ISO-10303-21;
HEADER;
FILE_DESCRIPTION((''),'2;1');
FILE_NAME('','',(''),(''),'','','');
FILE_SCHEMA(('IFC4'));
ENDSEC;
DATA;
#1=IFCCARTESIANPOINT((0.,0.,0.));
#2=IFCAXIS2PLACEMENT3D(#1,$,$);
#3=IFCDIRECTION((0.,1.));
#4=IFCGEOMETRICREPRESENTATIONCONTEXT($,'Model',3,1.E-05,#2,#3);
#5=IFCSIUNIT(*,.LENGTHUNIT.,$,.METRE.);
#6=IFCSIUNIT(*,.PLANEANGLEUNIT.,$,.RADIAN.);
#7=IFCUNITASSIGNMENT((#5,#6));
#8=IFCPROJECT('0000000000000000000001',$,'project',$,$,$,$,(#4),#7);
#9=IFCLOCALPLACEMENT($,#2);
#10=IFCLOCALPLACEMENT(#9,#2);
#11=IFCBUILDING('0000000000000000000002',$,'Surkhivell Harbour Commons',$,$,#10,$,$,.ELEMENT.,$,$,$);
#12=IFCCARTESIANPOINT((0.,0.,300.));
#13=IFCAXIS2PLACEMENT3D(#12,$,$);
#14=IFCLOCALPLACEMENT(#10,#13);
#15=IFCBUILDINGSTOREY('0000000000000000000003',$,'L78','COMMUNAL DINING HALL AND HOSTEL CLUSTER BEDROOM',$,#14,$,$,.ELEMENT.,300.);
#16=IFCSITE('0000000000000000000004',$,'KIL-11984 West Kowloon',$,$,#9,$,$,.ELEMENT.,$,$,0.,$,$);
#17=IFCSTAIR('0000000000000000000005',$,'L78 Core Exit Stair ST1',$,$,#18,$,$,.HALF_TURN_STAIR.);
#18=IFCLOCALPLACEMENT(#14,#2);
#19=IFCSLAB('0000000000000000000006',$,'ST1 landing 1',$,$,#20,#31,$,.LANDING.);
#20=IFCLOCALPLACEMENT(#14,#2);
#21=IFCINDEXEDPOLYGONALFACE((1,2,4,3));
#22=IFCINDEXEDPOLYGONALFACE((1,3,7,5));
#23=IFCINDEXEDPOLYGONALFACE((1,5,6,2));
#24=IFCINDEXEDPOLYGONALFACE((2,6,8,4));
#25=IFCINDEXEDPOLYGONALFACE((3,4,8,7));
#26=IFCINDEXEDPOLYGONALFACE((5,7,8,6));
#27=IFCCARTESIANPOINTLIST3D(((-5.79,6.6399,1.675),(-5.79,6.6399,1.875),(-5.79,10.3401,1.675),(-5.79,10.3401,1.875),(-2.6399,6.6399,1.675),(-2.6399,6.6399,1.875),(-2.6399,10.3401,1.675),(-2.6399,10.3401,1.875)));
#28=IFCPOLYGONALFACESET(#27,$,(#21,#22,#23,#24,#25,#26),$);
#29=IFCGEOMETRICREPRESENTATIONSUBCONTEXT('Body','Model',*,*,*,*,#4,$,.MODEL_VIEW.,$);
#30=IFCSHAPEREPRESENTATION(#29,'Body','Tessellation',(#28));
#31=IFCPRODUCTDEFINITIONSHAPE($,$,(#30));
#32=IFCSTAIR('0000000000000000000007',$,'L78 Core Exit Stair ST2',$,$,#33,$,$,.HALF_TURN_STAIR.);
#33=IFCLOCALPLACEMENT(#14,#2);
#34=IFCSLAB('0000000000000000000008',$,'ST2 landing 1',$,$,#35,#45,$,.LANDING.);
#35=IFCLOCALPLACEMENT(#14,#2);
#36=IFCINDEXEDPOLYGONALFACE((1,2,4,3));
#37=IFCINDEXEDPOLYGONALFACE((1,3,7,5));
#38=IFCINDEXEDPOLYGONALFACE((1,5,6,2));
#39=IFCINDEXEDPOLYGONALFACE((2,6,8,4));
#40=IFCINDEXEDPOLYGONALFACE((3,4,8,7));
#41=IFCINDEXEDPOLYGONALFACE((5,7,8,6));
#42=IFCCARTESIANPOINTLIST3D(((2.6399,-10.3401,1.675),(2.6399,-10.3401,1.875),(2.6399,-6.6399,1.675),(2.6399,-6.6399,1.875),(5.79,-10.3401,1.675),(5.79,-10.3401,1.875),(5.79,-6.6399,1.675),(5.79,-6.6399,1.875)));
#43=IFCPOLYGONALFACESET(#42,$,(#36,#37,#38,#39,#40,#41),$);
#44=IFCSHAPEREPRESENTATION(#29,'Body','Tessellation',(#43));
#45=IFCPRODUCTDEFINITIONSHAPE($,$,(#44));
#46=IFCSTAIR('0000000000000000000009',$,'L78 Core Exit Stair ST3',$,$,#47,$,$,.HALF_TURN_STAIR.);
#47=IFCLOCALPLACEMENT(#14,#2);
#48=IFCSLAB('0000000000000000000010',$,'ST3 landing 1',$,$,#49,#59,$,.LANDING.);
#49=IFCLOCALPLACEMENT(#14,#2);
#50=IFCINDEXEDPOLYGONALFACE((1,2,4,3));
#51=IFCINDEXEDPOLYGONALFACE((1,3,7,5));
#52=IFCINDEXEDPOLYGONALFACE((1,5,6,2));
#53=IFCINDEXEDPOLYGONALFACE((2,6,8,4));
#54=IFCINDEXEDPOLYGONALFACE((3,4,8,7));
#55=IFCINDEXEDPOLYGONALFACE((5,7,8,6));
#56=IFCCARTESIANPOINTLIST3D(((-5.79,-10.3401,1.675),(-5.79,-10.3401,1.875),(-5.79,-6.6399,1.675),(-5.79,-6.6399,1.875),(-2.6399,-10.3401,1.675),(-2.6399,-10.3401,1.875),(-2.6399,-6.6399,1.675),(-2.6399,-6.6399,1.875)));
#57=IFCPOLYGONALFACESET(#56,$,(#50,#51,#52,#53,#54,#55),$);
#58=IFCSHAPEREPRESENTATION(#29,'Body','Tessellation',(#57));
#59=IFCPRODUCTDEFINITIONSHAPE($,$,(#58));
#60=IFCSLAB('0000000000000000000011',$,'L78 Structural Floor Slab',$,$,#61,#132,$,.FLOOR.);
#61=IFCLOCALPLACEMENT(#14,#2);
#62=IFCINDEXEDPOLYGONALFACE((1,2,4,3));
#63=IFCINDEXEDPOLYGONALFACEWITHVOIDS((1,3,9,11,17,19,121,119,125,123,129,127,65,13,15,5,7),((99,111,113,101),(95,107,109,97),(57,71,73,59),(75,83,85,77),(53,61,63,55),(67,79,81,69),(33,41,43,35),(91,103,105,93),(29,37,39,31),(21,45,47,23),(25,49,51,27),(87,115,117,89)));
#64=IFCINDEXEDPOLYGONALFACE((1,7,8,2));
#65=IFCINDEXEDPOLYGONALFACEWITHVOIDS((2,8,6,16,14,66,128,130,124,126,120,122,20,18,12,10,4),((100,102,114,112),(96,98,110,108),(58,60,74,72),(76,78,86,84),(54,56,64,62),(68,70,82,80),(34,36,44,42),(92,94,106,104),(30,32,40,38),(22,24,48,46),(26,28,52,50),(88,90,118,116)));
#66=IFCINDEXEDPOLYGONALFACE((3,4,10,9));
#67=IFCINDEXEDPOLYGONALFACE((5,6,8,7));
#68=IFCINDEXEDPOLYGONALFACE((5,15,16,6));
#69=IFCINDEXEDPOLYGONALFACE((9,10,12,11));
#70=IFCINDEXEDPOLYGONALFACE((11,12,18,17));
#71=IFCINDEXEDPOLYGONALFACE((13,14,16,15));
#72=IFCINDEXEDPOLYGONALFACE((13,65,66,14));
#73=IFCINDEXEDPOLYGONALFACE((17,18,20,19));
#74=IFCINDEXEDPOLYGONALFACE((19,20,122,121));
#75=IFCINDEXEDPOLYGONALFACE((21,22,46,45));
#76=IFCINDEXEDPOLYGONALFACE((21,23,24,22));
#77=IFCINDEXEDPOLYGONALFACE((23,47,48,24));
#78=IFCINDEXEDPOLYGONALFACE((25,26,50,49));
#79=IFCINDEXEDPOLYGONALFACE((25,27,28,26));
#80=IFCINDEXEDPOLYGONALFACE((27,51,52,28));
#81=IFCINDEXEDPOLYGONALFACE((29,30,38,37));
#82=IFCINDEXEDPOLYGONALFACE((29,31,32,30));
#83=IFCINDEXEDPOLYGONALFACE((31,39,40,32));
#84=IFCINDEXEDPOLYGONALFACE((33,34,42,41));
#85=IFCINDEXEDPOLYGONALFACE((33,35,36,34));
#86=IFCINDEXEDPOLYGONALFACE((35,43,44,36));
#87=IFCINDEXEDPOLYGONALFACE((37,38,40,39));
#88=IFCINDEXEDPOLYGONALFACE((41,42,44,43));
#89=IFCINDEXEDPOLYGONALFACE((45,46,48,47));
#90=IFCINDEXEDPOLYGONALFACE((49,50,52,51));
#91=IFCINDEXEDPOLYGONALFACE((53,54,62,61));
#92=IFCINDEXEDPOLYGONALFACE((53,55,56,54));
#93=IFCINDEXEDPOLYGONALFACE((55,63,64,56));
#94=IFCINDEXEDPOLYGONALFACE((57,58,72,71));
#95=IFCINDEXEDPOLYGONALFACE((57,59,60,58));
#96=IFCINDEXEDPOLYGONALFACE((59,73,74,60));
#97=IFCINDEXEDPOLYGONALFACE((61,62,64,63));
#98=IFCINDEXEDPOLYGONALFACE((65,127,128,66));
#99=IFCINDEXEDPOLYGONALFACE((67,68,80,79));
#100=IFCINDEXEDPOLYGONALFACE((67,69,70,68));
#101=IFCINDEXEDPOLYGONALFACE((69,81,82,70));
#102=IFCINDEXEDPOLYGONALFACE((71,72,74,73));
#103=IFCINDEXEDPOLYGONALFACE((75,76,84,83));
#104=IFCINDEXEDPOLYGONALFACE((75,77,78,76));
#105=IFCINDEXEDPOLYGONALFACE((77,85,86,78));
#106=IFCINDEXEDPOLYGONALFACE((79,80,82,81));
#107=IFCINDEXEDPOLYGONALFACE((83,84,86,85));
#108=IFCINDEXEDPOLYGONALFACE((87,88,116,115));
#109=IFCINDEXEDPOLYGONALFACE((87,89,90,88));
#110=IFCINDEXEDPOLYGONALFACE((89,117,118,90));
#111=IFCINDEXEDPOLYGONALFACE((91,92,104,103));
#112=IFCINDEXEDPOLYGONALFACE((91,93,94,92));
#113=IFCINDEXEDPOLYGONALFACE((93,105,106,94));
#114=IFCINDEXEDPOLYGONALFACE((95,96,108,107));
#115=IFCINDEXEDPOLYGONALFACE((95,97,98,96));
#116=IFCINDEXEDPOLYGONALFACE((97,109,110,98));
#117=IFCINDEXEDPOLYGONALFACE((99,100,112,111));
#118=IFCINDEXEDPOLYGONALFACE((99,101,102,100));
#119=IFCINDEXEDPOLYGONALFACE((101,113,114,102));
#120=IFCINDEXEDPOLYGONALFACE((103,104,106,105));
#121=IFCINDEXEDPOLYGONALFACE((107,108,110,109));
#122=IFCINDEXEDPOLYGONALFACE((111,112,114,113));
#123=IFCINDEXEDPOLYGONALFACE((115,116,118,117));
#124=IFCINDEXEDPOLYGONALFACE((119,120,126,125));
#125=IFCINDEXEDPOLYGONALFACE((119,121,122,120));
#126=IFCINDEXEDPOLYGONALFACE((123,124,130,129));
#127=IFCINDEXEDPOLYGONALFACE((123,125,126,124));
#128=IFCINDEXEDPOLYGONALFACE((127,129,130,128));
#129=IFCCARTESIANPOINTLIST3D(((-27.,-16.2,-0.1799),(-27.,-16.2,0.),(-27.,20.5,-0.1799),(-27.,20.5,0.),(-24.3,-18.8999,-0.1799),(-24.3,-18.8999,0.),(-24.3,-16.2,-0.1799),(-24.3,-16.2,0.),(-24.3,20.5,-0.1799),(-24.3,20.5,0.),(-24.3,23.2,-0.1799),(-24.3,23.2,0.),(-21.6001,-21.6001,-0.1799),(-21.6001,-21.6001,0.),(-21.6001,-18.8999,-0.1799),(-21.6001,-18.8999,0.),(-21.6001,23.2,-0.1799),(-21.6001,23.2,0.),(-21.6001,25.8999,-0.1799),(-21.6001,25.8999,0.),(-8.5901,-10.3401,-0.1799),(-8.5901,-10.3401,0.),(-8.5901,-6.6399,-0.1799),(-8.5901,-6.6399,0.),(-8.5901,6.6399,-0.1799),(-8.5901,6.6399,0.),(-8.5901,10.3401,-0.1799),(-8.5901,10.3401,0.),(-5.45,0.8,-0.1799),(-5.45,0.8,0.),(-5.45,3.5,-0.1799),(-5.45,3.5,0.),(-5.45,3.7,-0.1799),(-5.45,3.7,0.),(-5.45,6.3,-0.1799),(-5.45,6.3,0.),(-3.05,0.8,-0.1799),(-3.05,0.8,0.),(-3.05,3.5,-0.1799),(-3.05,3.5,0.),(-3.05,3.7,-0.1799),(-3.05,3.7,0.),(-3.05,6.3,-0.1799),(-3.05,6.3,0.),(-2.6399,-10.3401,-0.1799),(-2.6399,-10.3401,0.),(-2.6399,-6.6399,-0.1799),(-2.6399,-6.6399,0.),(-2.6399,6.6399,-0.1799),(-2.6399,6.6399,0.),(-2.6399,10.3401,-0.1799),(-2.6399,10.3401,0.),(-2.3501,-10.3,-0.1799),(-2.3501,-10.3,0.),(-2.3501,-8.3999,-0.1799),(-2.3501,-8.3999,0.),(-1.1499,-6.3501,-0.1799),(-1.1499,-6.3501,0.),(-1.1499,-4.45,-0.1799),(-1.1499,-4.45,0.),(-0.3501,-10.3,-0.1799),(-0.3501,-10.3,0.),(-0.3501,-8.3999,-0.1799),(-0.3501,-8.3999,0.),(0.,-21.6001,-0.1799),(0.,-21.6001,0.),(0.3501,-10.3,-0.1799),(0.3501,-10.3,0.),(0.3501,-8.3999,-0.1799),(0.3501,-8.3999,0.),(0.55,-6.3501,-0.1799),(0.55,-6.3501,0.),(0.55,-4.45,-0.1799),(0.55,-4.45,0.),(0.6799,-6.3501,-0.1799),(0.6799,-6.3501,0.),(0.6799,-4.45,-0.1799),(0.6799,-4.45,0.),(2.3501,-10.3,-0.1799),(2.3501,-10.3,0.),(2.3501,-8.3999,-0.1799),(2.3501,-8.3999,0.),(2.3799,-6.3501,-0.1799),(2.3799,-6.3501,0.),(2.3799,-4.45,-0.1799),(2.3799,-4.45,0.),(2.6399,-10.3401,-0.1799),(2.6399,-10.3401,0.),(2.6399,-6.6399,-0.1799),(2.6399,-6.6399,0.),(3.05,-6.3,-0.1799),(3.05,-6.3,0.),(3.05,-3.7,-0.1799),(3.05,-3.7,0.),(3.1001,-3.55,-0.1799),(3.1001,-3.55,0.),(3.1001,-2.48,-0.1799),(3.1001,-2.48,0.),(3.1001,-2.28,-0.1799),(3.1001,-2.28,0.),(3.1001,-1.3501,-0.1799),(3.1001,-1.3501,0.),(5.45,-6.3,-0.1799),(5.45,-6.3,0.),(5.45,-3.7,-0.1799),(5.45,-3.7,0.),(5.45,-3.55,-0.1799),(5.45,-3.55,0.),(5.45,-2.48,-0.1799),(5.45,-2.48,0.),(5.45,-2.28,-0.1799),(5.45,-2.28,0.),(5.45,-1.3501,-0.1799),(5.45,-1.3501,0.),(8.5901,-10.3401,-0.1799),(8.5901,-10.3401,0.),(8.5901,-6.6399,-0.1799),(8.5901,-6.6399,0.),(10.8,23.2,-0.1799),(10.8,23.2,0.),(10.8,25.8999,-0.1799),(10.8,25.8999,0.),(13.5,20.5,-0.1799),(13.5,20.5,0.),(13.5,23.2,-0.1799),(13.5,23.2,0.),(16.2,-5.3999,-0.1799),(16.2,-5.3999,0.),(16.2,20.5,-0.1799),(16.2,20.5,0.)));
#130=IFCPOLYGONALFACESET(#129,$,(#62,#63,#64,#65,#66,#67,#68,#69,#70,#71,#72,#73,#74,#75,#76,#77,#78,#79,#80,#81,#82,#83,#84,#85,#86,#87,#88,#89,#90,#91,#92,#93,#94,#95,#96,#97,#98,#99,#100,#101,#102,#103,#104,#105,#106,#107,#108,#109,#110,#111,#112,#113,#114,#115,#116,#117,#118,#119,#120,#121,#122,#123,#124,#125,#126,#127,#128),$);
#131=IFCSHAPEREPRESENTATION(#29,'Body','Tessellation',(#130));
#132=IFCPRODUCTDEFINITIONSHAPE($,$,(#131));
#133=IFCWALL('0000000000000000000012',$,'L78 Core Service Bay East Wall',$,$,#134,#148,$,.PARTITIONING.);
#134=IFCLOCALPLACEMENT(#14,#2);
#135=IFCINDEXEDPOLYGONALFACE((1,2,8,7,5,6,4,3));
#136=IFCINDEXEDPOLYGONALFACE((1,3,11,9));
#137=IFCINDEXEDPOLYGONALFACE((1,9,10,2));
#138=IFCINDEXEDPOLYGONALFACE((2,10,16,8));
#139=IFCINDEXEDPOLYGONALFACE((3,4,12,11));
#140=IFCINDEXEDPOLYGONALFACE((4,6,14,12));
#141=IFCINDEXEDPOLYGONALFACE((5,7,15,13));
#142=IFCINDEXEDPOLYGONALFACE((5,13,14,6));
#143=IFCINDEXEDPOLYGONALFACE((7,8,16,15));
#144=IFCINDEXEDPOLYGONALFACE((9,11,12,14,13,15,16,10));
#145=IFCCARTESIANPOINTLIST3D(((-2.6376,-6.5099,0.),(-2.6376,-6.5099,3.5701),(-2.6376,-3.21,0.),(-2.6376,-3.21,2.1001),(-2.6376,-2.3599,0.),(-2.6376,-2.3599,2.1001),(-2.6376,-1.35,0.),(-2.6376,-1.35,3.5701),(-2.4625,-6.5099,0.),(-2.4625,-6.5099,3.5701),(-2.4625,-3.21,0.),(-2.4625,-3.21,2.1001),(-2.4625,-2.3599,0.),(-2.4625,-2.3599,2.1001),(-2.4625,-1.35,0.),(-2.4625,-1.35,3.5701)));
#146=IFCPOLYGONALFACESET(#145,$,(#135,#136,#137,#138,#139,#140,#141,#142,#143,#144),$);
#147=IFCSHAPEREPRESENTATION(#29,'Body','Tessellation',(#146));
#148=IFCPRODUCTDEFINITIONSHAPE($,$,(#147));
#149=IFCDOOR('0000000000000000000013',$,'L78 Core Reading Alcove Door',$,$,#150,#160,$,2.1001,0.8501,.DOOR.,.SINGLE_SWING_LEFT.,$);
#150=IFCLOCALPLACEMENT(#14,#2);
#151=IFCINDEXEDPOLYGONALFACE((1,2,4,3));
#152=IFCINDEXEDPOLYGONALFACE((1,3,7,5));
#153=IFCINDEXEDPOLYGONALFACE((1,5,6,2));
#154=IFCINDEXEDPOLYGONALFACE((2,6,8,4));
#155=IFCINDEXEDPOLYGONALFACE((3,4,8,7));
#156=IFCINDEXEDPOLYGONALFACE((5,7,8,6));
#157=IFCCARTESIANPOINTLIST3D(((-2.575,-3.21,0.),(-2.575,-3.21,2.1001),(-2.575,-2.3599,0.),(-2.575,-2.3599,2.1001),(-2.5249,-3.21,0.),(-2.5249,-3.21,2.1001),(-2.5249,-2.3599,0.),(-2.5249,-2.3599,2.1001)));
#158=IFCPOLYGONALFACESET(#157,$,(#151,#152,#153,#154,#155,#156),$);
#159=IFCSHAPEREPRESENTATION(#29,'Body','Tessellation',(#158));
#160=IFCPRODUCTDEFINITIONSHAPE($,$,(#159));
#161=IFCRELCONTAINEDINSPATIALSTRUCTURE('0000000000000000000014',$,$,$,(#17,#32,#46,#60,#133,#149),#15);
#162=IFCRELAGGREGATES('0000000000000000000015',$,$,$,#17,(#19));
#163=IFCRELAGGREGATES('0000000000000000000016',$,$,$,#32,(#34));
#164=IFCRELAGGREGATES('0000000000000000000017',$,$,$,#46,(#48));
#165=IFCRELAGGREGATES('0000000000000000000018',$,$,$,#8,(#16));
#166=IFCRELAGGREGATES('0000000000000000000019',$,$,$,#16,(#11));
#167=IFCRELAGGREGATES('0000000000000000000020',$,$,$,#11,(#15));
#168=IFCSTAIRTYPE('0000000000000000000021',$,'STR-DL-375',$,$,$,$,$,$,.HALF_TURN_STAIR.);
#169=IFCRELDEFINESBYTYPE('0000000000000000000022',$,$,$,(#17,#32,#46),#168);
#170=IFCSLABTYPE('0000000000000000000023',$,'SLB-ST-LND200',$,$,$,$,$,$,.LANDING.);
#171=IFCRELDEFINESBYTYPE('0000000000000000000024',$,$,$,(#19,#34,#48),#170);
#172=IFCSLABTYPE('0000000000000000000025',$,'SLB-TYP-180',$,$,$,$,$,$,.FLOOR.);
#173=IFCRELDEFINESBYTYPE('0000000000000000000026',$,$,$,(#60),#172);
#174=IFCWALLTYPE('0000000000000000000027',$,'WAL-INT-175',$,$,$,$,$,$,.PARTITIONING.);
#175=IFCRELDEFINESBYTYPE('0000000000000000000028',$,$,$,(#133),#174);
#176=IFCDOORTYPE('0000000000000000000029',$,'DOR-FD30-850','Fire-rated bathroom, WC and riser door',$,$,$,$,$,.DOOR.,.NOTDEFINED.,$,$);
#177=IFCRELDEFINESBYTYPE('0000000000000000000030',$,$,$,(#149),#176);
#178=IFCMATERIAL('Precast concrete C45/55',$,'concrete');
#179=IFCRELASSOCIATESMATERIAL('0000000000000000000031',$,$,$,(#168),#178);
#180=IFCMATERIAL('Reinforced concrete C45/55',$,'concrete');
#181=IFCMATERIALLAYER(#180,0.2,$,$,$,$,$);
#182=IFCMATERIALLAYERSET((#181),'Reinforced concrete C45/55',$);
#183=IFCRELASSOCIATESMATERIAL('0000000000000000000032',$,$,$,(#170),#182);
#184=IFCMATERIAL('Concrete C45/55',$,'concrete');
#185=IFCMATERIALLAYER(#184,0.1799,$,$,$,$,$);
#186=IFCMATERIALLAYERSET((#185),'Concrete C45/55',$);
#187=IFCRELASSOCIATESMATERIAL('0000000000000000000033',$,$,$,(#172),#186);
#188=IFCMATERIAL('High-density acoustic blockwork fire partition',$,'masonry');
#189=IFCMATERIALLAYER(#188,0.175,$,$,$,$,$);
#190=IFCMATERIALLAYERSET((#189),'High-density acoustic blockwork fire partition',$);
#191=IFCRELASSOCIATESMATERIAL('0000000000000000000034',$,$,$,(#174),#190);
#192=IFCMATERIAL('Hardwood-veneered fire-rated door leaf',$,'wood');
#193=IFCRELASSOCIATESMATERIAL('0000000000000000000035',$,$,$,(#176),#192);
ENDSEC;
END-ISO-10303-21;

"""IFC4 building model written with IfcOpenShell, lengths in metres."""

from ifc_helpers import new_model, si_unit, direction, frame, frame_2d, origin, place, context, subcontext, project, spatial, polyline, rectangle, outline, extrude, material, layer, layer_set, type_object, element, fill, aggregate, save


model = new_model("IFC4")

# Units and contexts
model_context = context("Model", 3, precision=1e-05, world=origin(), true_north=direction((0.0, 1.0)))
body_context = subcontext(model_context, "Body", "Model", "MODEL_VIEW")
ifc_project = project(units=[si_unit("LENGTHUNIT", "METRE"), si_unit("PLANEANGLEUNIT", "RADIAN")], contexts=[model_context])

# Site, building, storey
site_placement = place(None, origin())
site = spatial("IfcSite", under=ifc_project, at=site_placement, Name="KIL-11984 West Kowloon", CompositionType="ELEMENT", RefElevation=0.0)
building_placement = place(site_placement, origin())
building = spatial("IfcBuilding", under=site, at=building_placement, Name="Surkhivell Harbour Commons", CompositionType="ELEMENT")
storey_placement = place(building_placement, frame((0.0, 0.0, 300.0)))
storey = spatial("IfcBuildingStorey", under=building, at=storey_placement, Name="L78", Description="COMMUNAL DINING HALL AND HOSTEL CLUSTER BEDROOM", CompositionType="ELEMENT", Elevation=300.0)

# Stairs, slabs
ifc_material_1 = material(Name="Precast concrete C45/55", Category="concrete")
stair_type = type_object("IfcStairType", Name="STR-DL-375", PredefinedType="HALF_TURN_STAIR", material=ifc_material_1)
stair_1_placement = place(storey_placement, origin())
stair_1 = element("IfcStair", 1, at=stair_1_placement, inside=storey, type_object=stair_type, Name="L78 Core Exit Stair ST1", PredefinedType="HALF_TURN_STAIR")
ifc_material_2 = material(Name="Reinforced concrete C45/55", Category="concrete")
ifc_layer_1 = layer(ifc_material_2, 0.2)
ifc_layer_set_1 = layer_set([ifc_layer_1], Name="Reinforced concrete C45/55")
slab_type_1 = type_object("IfcSlabType", Name="SLB-ST-LND200", PredefinedType="LANDING", material=ifc_layer_set_1)
slab_1_placement = place(storey_placement, frame((0.0, 0.0, 1.675)))
slab_1 = element("IfcSlab", 2, at=slab_1_placement, type_object=slab_type_1, Name="ST1 landing 1", PredefinedType="LANDING", context=body_context, shape_type="SweptSolid", body=[
    extrude(outline(polyline([(-5.79, 6.6399), (-2.6399, 6.6399), (-2.6399, 10.3401), (-5.79, 10.3401), (-5.79, 6.6399)])), origin(), (0.0, 0.0, 1.0), 0.2),
])
aggregate(stair_1, [slab_1])
stair_2_placement = place(storey_placement, origin())
stair_2 = element("IfcStair", 3, at=stair_2_placement, inside=storey, type_object=stair_type, Name="L78 Core Exit Stair ST2", PredefinedType="HALF_TURN_STAIR")
slab_2_placement = place(storey_placement, frame((0.0, 0.0, 1.675)))
slab_2 = element("IfcSlab", 4, at=slab_2_placement, type_object=slab_type_1, Name="ST2 landing 1", PredefinedType="LANDING", context=body_context, shape_type="SweptSolid", body=[
    extrude(outline(polyline([(5.79, -6.6399), (2.6399, -6.6399), (2.6399, -10.3401), (5.79, -10.3401), (5.79, -6.6399)])), origin(), (0.0, 0.0, 1.0), 0.2),
])
aggregate(stair_2, [slab_2])
stair_3_placement = place(storey_placement, origin())
stair_3 = element("IfcStair", 5, at=stair_3_placement, inside=storey, type_object=stair_type, Name="L78 Core Exit Stair ST3", PredefinedType="HALF_TURN_STAIR")
slab_3_placement = place(storey_placement, frame((0.0, 0.0, 1.675)))
slab_3 = element("IfcSlab", 6, at=slab_3_placement, type_object=slab_type_1, Name="ST3 landing 1", PredefinedType="LANDING", context=body_context, shape_type="SweptSolid", body=[
    extrude(outline(polyline([(-5.79, -10.3401), (-2.6399, -10.3401), (-2.6399, -6.6399), (-5.79, -6.6399), (-5.79, -10.3401)])), origin(), (0.0, 0.0, 1.0), 0.2),
])
aggregate(stair_3, [slab_3])

# Slab
ifc_material_3 = material(Name="Concrete C45/55", Category="concrete")
ifc_layer_2 = layer(ifc_material_3, 0.1799)
ifc_layer_set_2 = layer_set([ifc_layer_2], Name="Concrete C45/55")
slab_type_2 = type_object("IfcSlabType", Name="SLB-TYP-180", PredefinedType="FLOOR", material=ifc_layer_set_2)
slab_4_placement = place(storey_placement, frame((0.0, 0.0, -0.1799)))
element("IfcSlab", 7, at=slab_4_placement, inside=storey, type_object=slab_type_2, Name="L78 Structural Floor Slab", PredefinedType="FLOOR", context=body_context, shape_type="SweptSolid", body=[
    extrude(outline(polyline([(-21.6001, -21.6001), (0.0, -21.6001), (16.2, -5.3999), (16.2, 20.5), (13.5, 20.5), (13.5, 23.2), (10.8, 23.2), (10.8, 25.8999), (-21.6001, 25.8999), (-21.6001, 23.2), (-24.3, 23.2), (-24.3, 20.5), (-27.0, 20.5), (-27.0, -16.2), (-24.3, -16.2), (-24.3, -18.8999), (-21.6001, -18.8999), (-21.6001, -21.6001)]), holes=[polyline([(-8.5901, 6.6399), (-2.6399, 6.6399), (-2.6399, 10.3401), (-8.5901, 10.3401), (-8.5901, 6.6399)]), polyline([(8.5901, -6.6399), (2.6399, -6.6399), (2.6399, -10.3401), (8.5901, -10.3401), (8.5901, -6.6399)]), polyline([(-8.5901, -10.3401), (-2.6399, -10.3401), (-2.6399, -6.6399), (-8.5901, -6.6399), (-8.5901, -10.3401)]), polyline([(-1.1499, -6.3501), (0.55, -6.3501), (0.55, -4.45), (-1.1499, -4.45), (-1.1499, -6.3501)]), polyline([(0.6799, -6.3501), (2.3799, -6.3501), (2.3799, -4.45), (0.6799, -4.45), (0.6799, -6.3501)]), polyline([(-2.3501, -10.3), (-0.3501, -10.3), (-0.3501, -8.3999), (-2.3501, -8.3999), (-2.3501, -10.3)]), polyline([(0.3501, -10.3), (2.3501, -10.3), (2.3501, -8.3999), (0.3501, -8.3999), (0.3501, -10.3)]), polyline([(-5.45, 3.7), (-3.05, 3.7), (-3.05, 6.3), (-5.45, 6.3), (-5.45, 3.7)]), polyline([(3.05, -6.3), (5.45, -6.3), (5.45, -3.7), (3.05, -3.7), (3.05, -6.3)]), polyline([(-5.45, 0.8), (-3.05, 0.8), (-3.05, 3.5), (-5.45, 3.5), (-5.45, 0.8)]), polyline([(3.1001, -3.55), (5.45, -3.55), (5.45, -2.48), (3.1001, -2.48), (3.1001, -3.55)]), polyline([(3.1001, -2.28), (5.45, -2.28), (5.45, -1.3501), (3.1001, -1.3501), (3.1001, -2.28)])]), origin(), (0.0, 0.0, 1.0), 0.1799),
])

# Wall, opening, door
ifc_material_4 = material(Name="High-density acoustic blockwork fire partition", Category="masonry")
ifc_layer_3 = layer(ifc_material_4, 0.175)
ifc_layer_set_3 = layer_set([ifc_layer_3], Name="High-density acoustic blockwork fire partition")
wall_type_1 = type_object("IfcWallType", Name="WAL-INT-175", PredefinedType="PARTITIONING", material=ifc_layer_set_3)
wall_1_placement = place(storey_placement, frame((-2.55, -6.51, 0.0), z_axis=(0.0, 0.0, 1.0), x_axis=(0.0, 1.0, 0.0)))
wall_1 = element("IfcWall", 8, at=wall_1_placement, inside=storey, type_object=wall_type_1, Name="L78 Core Service Bay East Wall", PredefinedType="PARTITIONING", context=body_context, shape_type="SweptSolid", body=[
    extrude(rectangle(XDim=5.1599, YDim=0.175, at=frame_2d((2.5801, 0.0))), origin(), (0.0, 0.0, 1.0), 3.5701),
])
opening_1_placement = place(wall_1_placement, frame((3.3, 0.0, 0.0)))
opening_1 = element("IfcOpeningElement", 9, at=opening_1_placement, cuts=wall_1, PredefinedType="OPENING", context=body_context, shape_type="SweptSolid", body=[
    extrude(rectangle(XDim=0.8501, YDim=2.1001, at=frame_2d((0.425, 1.05))), frame((0.0, 0.0974, 0.0), z_axis=(0.0, -1.0, 0.0), x_axis=(1.0, 0.0, 0.0)), (0.0, 0.0, 1.0), 0.1951),
])
ifc_material_5 = material(Name="Hardwood-veneered fire-rated door leaf", Category="wood")
door_type_1 = type_object("IfcDoorType", Name="DOR-FD30-850", Description="Fire-rated bathroom, WC and riser door", OperationType="NOTDEFINED", PredefinedType="DOOR", material=ifc_material_5)
door_1_placement = place(opening_1_placement, origin())
door_1 = element("IfcDoor", 10, at=door_1_placement, inside=storey, type_object=door_type_1, Name="L78 Core Reading Alcove Door", OperationType="SINGLE_SWING_LEFT", OverallHeight=2.1001, OverallWidth=0.8501, PredefinedType="DOOR", context=body_context, shape_type="SweptSolid", body=[
    extrude(rectangle(XDim=0.8501, YDim=2.1001, at=frame_2d((0.425, 1.05))), frame((0.0, 0.0249, 0.0), z_axis=(0.0, -1.0, 0.0), x_axis=(1.0, 0.0, 0.0)), (0.0, 0.0, 1.0), 0.05),
])
fill(opening_1, door_1)

save(model, "model.ifc")
